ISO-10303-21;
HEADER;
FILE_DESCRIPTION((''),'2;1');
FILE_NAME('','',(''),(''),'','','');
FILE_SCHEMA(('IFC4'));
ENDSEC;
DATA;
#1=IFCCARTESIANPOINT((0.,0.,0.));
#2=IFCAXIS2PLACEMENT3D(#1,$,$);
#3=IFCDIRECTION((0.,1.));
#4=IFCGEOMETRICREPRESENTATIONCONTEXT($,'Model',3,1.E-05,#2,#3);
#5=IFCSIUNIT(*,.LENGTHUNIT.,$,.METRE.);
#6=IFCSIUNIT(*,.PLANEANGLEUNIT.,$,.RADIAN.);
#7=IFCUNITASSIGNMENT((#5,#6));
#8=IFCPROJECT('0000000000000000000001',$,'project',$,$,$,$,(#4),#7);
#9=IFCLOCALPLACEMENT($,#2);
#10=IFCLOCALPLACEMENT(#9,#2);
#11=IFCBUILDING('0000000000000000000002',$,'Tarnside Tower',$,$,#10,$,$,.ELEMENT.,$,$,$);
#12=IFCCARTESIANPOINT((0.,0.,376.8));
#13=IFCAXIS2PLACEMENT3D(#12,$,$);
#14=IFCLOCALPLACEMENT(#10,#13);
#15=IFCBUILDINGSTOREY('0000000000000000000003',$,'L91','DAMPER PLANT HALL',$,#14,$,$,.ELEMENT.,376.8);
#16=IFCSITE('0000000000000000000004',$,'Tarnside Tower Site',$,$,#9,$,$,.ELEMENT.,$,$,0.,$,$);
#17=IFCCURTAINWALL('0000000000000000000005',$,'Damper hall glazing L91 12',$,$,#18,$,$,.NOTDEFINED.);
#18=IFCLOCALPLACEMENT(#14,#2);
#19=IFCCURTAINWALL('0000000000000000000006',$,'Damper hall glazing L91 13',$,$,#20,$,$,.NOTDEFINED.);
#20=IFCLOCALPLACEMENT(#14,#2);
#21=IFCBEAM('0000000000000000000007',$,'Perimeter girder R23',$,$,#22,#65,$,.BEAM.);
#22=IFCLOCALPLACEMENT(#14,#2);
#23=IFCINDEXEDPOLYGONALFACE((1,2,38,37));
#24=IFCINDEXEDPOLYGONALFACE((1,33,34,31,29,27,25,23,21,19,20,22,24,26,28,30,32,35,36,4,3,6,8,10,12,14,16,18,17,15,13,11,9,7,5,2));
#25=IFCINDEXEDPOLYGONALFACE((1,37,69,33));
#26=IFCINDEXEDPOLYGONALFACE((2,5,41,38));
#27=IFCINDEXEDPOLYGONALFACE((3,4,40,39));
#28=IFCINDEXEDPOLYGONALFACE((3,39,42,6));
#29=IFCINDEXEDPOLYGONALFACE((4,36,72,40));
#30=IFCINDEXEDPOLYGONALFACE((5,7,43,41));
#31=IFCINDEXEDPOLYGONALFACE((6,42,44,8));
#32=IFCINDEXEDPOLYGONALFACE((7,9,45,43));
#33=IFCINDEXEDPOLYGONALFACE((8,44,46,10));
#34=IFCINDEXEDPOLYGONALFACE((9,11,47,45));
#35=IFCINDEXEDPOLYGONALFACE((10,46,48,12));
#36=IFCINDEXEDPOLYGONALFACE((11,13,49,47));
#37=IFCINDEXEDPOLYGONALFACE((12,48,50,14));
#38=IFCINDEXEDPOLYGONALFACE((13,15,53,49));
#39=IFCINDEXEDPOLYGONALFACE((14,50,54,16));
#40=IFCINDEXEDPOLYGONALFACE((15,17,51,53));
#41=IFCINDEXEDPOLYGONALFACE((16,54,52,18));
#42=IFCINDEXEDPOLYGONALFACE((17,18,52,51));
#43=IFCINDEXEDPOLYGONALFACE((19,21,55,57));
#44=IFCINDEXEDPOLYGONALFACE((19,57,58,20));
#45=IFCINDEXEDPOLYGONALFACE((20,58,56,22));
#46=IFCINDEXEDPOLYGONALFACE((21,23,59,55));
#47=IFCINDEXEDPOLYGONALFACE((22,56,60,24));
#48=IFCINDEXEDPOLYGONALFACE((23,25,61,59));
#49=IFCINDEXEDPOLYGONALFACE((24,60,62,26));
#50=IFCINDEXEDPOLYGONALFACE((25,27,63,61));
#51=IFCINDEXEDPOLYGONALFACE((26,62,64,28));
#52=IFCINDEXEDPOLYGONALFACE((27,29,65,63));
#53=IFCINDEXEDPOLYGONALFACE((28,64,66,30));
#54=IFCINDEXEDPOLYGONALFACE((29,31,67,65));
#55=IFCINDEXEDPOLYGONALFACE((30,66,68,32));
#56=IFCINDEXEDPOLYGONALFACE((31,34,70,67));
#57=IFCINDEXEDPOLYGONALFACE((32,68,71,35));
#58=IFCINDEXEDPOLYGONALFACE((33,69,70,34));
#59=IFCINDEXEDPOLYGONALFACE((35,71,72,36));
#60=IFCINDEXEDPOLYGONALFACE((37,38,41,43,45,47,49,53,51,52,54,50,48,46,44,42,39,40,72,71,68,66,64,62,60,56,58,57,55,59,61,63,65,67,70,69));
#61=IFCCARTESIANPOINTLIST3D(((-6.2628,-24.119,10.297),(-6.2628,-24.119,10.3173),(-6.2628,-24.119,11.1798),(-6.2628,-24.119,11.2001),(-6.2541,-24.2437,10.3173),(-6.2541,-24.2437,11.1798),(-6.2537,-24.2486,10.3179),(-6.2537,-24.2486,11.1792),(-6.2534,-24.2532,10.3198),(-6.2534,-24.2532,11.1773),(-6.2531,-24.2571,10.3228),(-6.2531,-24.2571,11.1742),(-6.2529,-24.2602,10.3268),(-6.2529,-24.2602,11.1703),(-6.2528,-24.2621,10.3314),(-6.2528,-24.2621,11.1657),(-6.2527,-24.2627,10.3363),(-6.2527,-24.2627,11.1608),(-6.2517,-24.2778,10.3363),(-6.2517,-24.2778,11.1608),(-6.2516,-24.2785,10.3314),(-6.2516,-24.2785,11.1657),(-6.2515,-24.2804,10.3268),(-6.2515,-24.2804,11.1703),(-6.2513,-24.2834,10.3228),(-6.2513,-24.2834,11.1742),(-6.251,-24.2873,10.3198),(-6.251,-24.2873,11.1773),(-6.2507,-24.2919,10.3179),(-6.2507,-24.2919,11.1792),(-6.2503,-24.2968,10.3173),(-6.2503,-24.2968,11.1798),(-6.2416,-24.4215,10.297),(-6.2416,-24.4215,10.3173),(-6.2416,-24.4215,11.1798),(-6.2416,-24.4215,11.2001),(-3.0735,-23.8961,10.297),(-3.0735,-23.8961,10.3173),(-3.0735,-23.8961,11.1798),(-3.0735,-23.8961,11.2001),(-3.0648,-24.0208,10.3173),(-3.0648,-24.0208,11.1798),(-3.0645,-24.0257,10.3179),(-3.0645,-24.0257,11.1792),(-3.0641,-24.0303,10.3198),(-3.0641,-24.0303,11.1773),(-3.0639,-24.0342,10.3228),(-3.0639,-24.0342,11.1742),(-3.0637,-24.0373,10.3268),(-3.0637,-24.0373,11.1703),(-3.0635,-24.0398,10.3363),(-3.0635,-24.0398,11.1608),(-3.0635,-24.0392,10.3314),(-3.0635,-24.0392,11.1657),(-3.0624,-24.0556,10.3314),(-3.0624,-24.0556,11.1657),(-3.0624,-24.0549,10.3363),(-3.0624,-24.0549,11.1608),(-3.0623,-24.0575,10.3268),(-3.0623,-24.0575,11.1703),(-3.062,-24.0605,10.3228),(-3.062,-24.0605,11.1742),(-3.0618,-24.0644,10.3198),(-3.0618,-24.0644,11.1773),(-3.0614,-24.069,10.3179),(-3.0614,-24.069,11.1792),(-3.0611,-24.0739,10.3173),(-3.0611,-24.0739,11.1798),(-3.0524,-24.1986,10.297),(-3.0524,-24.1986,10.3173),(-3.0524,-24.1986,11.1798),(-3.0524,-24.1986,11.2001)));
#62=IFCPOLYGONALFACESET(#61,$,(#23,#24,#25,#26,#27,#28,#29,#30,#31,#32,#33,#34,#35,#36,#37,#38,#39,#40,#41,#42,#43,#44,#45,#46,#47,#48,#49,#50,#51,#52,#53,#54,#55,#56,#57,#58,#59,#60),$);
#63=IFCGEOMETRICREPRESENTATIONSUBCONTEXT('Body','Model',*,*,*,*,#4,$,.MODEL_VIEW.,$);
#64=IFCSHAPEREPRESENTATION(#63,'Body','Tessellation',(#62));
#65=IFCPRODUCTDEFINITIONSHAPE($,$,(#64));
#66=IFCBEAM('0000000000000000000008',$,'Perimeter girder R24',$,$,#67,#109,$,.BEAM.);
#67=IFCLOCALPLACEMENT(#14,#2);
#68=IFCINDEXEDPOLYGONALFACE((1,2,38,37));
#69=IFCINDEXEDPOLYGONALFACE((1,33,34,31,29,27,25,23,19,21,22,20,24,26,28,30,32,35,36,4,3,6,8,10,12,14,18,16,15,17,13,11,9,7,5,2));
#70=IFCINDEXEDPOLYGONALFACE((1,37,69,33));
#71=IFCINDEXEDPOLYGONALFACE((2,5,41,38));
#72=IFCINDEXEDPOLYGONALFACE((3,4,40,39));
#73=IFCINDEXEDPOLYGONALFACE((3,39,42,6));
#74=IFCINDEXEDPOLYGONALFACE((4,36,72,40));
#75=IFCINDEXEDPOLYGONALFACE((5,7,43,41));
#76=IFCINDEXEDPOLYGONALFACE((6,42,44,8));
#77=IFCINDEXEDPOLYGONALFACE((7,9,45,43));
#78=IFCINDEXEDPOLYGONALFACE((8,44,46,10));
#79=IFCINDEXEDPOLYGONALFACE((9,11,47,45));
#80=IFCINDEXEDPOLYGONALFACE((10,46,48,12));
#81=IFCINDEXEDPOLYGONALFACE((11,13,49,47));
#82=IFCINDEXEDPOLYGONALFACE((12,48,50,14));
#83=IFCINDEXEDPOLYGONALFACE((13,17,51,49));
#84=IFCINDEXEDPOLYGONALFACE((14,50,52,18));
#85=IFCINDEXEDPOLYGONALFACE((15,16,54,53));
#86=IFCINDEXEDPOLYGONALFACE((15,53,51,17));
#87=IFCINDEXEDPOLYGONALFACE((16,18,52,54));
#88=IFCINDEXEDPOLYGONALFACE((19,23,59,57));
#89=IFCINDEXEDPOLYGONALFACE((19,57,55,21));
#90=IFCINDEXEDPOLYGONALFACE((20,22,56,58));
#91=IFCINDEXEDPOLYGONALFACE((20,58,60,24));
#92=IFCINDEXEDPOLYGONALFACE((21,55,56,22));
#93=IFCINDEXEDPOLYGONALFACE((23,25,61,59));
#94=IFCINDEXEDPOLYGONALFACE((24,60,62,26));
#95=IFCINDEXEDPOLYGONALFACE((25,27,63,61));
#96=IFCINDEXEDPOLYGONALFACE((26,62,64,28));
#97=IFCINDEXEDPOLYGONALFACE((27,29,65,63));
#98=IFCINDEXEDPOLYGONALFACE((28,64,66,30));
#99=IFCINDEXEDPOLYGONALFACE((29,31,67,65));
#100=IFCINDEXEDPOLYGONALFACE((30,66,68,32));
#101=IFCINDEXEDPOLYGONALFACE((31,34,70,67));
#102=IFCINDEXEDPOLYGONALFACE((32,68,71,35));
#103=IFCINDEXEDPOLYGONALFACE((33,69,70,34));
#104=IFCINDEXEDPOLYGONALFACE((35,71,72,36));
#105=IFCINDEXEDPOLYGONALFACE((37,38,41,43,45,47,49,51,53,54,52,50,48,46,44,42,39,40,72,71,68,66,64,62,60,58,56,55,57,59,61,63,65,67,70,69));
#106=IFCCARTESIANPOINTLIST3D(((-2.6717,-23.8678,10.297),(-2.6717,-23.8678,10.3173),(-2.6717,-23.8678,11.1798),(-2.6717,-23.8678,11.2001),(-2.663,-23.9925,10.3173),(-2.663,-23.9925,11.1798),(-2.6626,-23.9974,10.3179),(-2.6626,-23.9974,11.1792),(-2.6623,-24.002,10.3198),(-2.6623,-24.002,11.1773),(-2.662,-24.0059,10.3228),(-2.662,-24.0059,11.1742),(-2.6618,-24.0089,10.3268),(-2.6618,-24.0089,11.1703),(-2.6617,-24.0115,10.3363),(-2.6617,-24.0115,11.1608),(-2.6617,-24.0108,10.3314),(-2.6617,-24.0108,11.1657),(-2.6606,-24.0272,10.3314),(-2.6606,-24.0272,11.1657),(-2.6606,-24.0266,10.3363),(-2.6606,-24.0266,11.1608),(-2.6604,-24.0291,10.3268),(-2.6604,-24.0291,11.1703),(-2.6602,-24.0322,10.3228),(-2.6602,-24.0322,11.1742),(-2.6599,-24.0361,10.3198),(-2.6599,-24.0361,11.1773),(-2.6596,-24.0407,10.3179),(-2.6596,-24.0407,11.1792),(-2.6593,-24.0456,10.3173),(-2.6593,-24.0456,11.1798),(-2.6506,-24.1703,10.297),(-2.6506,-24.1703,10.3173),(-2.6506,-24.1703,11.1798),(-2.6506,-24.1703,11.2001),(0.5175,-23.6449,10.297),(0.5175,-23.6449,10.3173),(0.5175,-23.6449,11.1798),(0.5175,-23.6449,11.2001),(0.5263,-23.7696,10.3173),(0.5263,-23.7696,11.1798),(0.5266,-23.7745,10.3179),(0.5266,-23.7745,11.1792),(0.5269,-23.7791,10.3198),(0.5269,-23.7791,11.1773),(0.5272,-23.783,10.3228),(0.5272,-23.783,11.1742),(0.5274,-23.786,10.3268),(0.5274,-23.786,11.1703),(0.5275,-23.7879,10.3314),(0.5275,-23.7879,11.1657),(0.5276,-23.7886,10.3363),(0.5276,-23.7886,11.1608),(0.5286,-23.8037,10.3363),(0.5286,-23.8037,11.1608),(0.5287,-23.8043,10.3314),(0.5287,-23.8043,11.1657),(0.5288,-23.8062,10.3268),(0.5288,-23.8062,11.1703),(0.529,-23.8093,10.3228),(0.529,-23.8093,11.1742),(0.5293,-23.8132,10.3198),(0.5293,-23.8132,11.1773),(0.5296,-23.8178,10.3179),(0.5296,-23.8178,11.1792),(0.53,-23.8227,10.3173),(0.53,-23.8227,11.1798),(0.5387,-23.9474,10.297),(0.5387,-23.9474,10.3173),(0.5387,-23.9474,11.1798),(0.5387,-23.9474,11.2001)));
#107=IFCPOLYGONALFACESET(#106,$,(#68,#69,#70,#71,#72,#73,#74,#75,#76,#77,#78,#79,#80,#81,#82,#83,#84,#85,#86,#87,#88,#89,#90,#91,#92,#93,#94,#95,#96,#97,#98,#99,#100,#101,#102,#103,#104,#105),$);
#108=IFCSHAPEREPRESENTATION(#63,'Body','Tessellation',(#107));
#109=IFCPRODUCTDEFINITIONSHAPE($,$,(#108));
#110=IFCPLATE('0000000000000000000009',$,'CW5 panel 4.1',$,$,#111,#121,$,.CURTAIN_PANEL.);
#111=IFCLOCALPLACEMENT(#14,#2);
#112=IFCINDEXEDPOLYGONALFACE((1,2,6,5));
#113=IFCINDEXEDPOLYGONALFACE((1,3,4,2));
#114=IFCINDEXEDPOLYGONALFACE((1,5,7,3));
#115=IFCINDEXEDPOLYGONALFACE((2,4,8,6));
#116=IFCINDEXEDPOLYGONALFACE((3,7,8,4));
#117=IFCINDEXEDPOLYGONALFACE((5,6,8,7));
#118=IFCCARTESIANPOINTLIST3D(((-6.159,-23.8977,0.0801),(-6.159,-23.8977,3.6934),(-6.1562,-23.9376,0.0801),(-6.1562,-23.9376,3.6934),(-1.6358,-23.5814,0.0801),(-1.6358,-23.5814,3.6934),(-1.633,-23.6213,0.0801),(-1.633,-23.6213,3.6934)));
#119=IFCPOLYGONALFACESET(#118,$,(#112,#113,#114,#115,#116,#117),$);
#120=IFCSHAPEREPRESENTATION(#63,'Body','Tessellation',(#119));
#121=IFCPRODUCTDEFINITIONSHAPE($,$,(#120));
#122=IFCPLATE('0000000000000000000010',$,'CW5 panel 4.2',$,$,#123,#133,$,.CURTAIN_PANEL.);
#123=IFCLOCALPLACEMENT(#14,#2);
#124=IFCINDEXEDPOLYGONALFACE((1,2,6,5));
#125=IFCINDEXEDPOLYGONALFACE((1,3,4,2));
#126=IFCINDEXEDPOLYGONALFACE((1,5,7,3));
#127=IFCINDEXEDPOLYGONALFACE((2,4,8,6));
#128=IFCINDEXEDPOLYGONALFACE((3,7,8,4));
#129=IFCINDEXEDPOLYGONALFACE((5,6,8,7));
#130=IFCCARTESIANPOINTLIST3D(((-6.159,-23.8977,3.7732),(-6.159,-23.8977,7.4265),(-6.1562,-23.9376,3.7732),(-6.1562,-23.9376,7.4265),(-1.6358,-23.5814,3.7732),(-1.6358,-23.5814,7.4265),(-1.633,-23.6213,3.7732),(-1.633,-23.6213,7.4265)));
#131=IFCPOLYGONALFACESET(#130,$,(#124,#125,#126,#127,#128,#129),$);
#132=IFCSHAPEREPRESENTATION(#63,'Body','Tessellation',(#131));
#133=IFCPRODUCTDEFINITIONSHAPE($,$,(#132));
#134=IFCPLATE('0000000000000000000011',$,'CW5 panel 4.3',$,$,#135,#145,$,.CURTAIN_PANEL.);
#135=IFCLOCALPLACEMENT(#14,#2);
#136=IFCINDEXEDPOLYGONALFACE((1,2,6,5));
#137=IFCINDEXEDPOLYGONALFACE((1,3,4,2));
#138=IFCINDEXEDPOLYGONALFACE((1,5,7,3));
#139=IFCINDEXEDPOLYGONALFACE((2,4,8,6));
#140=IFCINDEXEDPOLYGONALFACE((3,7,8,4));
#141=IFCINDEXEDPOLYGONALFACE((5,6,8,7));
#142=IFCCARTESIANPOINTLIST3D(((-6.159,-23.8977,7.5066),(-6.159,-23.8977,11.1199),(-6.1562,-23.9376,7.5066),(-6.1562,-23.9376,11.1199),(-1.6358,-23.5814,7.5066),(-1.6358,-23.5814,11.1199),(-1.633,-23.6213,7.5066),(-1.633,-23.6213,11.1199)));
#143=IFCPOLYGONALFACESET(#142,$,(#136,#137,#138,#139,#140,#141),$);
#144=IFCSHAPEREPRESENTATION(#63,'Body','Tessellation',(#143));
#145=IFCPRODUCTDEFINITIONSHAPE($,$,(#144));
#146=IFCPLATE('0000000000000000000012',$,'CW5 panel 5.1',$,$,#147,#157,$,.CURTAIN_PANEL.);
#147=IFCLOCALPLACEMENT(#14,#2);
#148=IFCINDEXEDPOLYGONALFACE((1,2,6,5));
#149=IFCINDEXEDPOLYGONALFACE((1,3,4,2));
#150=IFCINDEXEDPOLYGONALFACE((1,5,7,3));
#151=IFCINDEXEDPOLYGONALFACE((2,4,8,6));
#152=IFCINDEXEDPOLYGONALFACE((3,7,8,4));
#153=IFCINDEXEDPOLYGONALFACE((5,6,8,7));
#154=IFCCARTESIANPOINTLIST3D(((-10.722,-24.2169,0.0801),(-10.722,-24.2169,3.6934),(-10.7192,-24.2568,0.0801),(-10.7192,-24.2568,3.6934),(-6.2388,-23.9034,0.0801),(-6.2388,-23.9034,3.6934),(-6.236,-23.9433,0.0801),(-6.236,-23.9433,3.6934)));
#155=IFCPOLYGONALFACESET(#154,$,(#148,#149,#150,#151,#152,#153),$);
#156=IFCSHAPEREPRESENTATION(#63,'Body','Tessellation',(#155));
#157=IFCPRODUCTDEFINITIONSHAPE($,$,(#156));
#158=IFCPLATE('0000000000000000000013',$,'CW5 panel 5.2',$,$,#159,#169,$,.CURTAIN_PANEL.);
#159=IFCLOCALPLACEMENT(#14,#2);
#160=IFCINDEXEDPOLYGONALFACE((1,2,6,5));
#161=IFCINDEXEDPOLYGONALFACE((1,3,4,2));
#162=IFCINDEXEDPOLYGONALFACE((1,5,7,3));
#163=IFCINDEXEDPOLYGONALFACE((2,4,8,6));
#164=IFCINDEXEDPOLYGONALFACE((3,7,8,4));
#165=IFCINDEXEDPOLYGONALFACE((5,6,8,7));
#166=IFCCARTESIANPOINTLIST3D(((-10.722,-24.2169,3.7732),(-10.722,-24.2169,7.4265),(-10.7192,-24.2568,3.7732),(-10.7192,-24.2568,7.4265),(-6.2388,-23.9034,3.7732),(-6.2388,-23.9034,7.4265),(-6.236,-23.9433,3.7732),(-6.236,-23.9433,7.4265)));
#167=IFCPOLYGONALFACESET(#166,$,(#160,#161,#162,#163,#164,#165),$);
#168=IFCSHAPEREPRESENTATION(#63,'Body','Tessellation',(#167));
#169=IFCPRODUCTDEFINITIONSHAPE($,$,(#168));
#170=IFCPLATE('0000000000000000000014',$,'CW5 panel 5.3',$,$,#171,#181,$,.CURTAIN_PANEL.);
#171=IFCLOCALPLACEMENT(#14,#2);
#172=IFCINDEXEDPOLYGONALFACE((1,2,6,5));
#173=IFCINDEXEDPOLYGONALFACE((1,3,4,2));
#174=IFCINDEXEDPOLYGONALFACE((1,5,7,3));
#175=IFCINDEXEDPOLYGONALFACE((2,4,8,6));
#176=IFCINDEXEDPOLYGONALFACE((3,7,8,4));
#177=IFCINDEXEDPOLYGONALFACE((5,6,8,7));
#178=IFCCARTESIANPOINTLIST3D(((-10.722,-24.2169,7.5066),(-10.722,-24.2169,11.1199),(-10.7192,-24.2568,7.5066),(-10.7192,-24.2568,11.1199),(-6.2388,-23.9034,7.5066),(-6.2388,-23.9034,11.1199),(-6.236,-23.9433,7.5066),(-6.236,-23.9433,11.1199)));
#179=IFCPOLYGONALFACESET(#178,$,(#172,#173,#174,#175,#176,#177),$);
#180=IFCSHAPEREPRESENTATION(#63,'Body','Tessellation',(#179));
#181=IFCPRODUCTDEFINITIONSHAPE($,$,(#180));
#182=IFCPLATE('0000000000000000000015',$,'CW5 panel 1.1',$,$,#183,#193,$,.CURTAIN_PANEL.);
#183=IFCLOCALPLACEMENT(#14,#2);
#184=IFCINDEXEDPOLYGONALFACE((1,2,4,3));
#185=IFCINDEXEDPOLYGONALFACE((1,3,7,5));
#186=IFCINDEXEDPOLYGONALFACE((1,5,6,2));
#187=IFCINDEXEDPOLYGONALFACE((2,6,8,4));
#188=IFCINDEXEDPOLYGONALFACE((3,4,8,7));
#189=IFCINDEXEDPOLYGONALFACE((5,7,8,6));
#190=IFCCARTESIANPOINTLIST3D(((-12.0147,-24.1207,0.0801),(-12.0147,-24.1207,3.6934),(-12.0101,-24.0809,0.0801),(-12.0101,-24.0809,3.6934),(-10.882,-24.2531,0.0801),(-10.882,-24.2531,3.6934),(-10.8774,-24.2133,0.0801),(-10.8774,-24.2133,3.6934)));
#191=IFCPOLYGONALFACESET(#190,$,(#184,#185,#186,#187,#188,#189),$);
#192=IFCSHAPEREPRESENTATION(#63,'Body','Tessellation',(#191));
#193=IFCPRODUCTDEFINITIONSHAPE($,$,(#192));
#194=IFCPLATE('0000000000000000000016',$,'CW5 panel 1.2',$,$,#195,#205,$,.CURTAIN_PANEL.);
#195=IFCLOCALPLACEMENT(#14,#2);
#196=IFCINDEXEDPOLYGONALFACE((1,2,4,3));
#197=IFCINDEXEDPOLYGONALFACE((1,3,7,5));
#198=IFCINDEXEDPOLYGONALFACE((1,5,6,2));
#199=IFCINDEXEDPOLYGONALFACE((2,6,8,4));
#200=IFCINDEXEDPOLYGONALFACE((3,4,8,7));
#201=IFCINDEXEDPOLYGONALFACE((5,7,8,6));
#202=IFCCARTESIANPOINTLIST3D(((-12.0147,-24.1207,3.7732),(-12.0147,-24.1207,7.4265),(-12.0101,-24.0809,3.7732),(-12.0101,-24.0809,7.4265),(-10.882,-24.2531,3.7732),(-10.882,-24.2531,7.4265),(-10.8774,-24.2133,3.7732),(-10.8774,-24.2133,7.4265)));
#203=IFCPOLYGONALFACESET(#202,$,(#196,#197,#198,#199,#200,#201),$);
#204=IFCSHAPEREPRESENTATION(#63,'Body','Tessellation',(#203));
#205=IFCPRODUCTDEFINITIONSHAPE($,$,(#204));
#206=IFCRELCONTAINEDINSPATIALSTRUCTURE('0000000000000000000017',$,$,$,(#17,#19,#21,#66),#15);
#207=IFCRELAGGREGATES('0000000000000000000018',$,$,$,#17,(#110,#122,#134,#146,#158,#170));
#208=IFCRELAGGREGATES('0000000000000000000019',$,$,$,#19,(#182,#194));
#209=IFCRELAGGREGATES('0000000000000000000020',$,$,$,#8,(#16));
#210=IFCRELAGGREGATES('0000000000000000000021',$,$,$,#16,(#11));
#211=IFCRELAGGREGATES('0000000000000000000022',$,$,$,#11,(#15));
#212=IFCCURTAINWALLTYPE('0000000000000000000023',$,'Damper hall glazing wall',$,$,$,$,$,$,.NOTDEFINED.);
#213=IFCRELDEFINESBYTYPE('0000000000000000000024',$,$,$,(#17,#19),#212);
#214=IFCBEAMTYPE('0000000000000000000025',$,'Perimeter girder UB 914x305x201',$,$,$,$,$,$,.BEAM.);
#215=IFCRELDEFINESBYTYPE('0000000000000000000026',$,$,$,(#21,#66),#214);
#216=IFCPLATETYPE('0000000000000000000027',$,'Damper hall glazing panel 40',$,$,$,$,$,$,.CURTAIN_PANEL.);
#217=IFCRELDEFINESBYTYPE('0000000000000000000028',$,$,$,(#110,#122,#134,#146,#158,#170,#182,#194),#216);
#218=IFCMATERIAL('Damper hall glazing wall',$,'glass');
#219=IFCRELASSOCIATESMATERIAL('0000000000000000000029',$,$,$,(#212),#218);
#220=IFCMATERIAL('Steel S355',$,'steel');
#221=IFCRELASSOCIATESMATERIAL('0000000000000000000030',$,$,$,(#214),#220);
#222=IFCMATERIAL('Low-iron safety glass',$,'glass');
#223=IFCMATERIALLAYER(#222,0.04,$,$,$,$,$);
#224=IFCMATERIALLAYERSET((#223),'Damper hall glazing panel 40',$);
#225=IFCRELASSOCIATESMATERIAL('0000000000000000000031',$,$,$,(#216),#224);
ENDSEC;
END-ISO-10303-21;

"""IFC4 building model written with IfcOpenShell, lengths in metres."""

from ifc_helpers import new_model, si_unit, direction, frame, origin, origin_2d, place, context, subcontext, project, spatial, rectangle, i_section, extrude, material, layer, layer_set, material_profile, profile_set, type_object, element, aggregate, save


model = new_model("IFC4")

# Units and contexts
model_context = context("Model", 3, precision=1e-05, world=origin(), true_north=direction((0.0, 1.0)))
body_context = subcontext(model_context, "Body", "Model", "MODEL_VIEW")
ifc_project = project(units=[si_unit("LENGTHUNIT", "METRE"), si_unit("PLANEANGLEUNIT", "RADIAN")], contexts=[model_context])

# Site, building, storey
site_placement = place(None, origin())
site = spatial("IfcSite", under=ifc_project, at=site_placement, Name="Tarnside Tower Site", CompositionType="ELEMENT", RefElevation=0.0)
building_placement = place(site_placement, origin())
building = spatial("IfcBuilding", under=site, at=building_placement, Name="Tarnside Tower", CompositionType="ELEMENT")
storey_placement = place(building_placement, frame((0.0, 0.0, 376.8)))
storey = spatial("IfcBuildingStorey", under=building, at=storey_placement, Name="L91", Description="DAMPER PLANT HALL", CompositionType="ELEMENT", Elevation=376.8)

# Shared definitions
ifc_material_1 = material(Name="Steel S355", Category="steel")

# Curtain walls
ifc_material_2 = material(Name="Damper hall glazing wall", Category="glass")
curtain_wall_type = type_object("IfcCurtainWallType", Name="Damper hall glazing wall", PredefinedType="NOTDEFINED", material=ifc_material_2)
curtain_wall_1_placement = place(storey_placement, origin())
curtain_wall_1 = element("IfcCurtainWall", 1, at=curtain_wall_1_placement, inside=storey, type_object=curtain_wall_type, Name="Damper hall glazing L91 12", PredefinedType="NOTDEFINED")
curtain_wall_2_placement = place(storey_placement, origin())
curtain_wall_2 = element("IfcCurtainWall", 2, at=curtain_wall_2_placement, inside=storey, type_object=curtain_wall_type, Name="Damper hall glazing L91 13", PredefinedType="NOTDEFINED")

# Beams
ifc_material_profile_1 = material_profile(ifc_material_1, i_section(OverallWidth=0.3032, OverallDepth=0.9031, WebThickness=0.0151, FlangeThickness=0.0203, FilletRadius=0.019, at=origin_2d()), Name="UB 914x305x201")
ifc_profile_set_1 = profile_set([ifc_material_profile_1], Name="Steel S355")
beam_type_1 = type_object("IfcBeamType", Name="Perimeter girder UB 914x305x201", PredefinedType="BEAM", material=ifc_profile_set_1)
for number, where, z_axis, x_axis, name in (
    (3, (-6.2522, -24.2703, 10.7485), (0.997566, 0.069722, 0.0), (-0.069722, 0.997566, 0.0), "Perimeter girder R23"),
    (4, (-2.6611, -24.019, 10.7485), (0.997566, 0.069722, 0.0), (-0.069722, 0.997566, 0.0), "Perimeter girder R24"),
):
    element("IfcBeam", number, at=place(storey_placement, frame(where, z_axis=z_axis, x_axis=x_axis)), inside=storey, type_object=beam_type_1, Name=name, PredefinedType="BEAM", context=body_context, shape_type="SweptSolid", body=[
        extrude(i_section(OverallWidth=0.3032, OverallDepth=0.9031, WebThickness=0.0151, FlangeThickness=0.0203, FilletRadius=0.019, at=origin_2d()), origin(), (0.0, 0.0, 1.0), 3.197),
    ])

# Plates
ifc_material_3 = material(Name="Low-iron safety glass", Category="glass")
ifc_layer_1 = layer(ifc_material_3, 0.04)
ifc_layer_set_1 = layer_set([ifc_layer_1], Name="Damper hall glazing panel 40")
plate_type = type_object("IfcPlateType", Name="Damper hall glazing panel 40", PredefinedType="CURTAIN_PANEL", material=ifc_layer_set_1)
plate_1_placement = place(storey_placement, frame((-3.896, -23.7595, 0.0801), z_axis=(0.0, 0.0, 1.0), x_axis=(-0.997564, -0.069756, 0.0)))
plate_1 = element("IfcPlate", 5, at=plate_1_placement, type_object=plate_type, Name="CW5 panel 4.1", PredefinedType="CURTAIN_PANEL", context=body_context, shape_type="SweptSolid", body=[
    extrude(rectangle(XDim=4.5342, YDim=0.04, at=origin_2d()), origin(), (0.0, 0.0, 1.0), 3.6133),
])
plate_2_placement = place(storey_placement, frame((-3.896, -23.7595, 3.7732), z_axis=(0.0, 0.0, 1.0), x_axis=(-0.997564, -0.069756, 0.0)))
plate_2 = element("IfcPlate", 6, at=plate_2_placement, type_object=plate_type, Name="CW5 panel 4.2", PredefinedType="CURTAIN_PANEL", context=body_context, shape_type="SweptSolid", body=[
    extrude(rectangle(XDim=4.5342, YDim=0.04, at=origin_2d()), origin(), (0.0, 0.0, 1.0), 3.6533),
])
plate_3_placement = place(storey_placement, frame((-3.896, -23.7595, 7.5066), z_axis=(0.0, 0.0, 1.0), x_axis=(-0.997564, -0.069756, 0.0)))
plate_3 = element("IfcPlate", 7, at=plate_3_placement, type_object=plate_type, Name="CW5 panel 4.3", PredefinedType="CURTAIN_PANEL", context=body_context, shape_type="SweptSolid", body=[
    extrude(rectangle(XDim=4.5342, YDim=0.04, at=origin_2d()), origin(), (0.0, 0.0, 1.0), 3.6133),
])
plate_4_placement = place(storey_placement, frame((-8.479, -24.0801, 0.0801), z_axis=(0.0, 0.0, 1.0), x_axis=(-0.997564, -0.069756, 0.0)))
plate_4 = element("IfcPlate", 8, at=plate_4_placement, type_object=plate_type, Name="CW5 panel 5.1", PredefinedType="CURTAIN_PANEL", context=body_context, shape_type="SweptSolid", body=[
    extrude(rectangle(XDim=4.4941, YDim=0.04, at=origin_2d()), origin(), (0.0, 0.0, 1.0), 3.6133),
])
plate_5_placement = place(storey_placement, frame((-8.479, -24.0801, 3.7732), z_axis=(0.0, 0.0, 1.0), x_axis=(-0.997564, -0.069756, 0.0)))
plate_5 = element("IfcPlate", 9, at=plate_5_placement, type_object=plate_type, Name="CW5 panel 5.2", PredefinedType="CURTAIN_PANEL", context=body_context, shape_type="SweptSolid", body=[
    extrude(rectangle(XDim=4.4941, YDim=0.04, at=origin_2d()), origin(), (0.0, 0.0, 1.0), 3.6533),
])
plate_6_placement = place(storey_placement, frame((-8.479, -24.0801, 7.5066), z_axis=(0.0, 0.0, 1.0), x_axis=(-0.997564, -0.069756, 0.0)))
plate_6 = element("IfcPlate", 10, at=plate_6_placement, type_object=plate_type, Name="CW5 panel 5.3", PredefinedType="CURTAIN_PANEL", context=body_context, shape_type="SweptSolid", body=[
    extrude(rectangle(XDim=4.4941, YDim=0.04, at=origin_2d()), origin(), (0.0, 0.0, 1.0), 3.6133),
])
aggregate(curtain_wall_1, [plate_1, plate_2, plate_3, plate_4, plate_5, plate_6])
plate_7_placement = place(storey_placement, frame((-11.446, -24.167, 0.0801), z_axis=(0.0, 0.0, 1.0), x_axis=(-0.993238, 0.116093, 0.0)))
plate_7 = element("IfcPlate", 11, at=plate_7_placement, type_object=plate_type, Name="CW5 panel 1.1", PredefinedType="CURTAIN_PANEL", context=body_context, shape_type="SweptSolid", body=[
    extrude(rectangle(XDim=1.1404, YDim=0.04, at=origin_2d()), origin(), (0.0, 0.0, 1.0), 3.6133),
])
plate_8_placement = place(storey_placement, frame((-11.446, -24.167, 3.7732), z_axis=(0.0, 0.0, 1.0), x_axis=(-0.993238, 0.116093, 0.0)))
plate_8 = element("IfcPlate", 12, at=plate_8_placement, type_object=plate_type, Name="CW5 panel 1.2", PredefinedType="CURTAIN_PANEL", context=body_context, shape_type="SweptSolid", body=[
    extrude(rectangle(XDim=1.1404, YDim=0.04, at=origin_2d()), origin(), (0.0, 0.0, 1.0), 3.6533),
])
aggregate(curtain_wall_2, [plate_7, plate_8])

save(model, "model.ifc")
